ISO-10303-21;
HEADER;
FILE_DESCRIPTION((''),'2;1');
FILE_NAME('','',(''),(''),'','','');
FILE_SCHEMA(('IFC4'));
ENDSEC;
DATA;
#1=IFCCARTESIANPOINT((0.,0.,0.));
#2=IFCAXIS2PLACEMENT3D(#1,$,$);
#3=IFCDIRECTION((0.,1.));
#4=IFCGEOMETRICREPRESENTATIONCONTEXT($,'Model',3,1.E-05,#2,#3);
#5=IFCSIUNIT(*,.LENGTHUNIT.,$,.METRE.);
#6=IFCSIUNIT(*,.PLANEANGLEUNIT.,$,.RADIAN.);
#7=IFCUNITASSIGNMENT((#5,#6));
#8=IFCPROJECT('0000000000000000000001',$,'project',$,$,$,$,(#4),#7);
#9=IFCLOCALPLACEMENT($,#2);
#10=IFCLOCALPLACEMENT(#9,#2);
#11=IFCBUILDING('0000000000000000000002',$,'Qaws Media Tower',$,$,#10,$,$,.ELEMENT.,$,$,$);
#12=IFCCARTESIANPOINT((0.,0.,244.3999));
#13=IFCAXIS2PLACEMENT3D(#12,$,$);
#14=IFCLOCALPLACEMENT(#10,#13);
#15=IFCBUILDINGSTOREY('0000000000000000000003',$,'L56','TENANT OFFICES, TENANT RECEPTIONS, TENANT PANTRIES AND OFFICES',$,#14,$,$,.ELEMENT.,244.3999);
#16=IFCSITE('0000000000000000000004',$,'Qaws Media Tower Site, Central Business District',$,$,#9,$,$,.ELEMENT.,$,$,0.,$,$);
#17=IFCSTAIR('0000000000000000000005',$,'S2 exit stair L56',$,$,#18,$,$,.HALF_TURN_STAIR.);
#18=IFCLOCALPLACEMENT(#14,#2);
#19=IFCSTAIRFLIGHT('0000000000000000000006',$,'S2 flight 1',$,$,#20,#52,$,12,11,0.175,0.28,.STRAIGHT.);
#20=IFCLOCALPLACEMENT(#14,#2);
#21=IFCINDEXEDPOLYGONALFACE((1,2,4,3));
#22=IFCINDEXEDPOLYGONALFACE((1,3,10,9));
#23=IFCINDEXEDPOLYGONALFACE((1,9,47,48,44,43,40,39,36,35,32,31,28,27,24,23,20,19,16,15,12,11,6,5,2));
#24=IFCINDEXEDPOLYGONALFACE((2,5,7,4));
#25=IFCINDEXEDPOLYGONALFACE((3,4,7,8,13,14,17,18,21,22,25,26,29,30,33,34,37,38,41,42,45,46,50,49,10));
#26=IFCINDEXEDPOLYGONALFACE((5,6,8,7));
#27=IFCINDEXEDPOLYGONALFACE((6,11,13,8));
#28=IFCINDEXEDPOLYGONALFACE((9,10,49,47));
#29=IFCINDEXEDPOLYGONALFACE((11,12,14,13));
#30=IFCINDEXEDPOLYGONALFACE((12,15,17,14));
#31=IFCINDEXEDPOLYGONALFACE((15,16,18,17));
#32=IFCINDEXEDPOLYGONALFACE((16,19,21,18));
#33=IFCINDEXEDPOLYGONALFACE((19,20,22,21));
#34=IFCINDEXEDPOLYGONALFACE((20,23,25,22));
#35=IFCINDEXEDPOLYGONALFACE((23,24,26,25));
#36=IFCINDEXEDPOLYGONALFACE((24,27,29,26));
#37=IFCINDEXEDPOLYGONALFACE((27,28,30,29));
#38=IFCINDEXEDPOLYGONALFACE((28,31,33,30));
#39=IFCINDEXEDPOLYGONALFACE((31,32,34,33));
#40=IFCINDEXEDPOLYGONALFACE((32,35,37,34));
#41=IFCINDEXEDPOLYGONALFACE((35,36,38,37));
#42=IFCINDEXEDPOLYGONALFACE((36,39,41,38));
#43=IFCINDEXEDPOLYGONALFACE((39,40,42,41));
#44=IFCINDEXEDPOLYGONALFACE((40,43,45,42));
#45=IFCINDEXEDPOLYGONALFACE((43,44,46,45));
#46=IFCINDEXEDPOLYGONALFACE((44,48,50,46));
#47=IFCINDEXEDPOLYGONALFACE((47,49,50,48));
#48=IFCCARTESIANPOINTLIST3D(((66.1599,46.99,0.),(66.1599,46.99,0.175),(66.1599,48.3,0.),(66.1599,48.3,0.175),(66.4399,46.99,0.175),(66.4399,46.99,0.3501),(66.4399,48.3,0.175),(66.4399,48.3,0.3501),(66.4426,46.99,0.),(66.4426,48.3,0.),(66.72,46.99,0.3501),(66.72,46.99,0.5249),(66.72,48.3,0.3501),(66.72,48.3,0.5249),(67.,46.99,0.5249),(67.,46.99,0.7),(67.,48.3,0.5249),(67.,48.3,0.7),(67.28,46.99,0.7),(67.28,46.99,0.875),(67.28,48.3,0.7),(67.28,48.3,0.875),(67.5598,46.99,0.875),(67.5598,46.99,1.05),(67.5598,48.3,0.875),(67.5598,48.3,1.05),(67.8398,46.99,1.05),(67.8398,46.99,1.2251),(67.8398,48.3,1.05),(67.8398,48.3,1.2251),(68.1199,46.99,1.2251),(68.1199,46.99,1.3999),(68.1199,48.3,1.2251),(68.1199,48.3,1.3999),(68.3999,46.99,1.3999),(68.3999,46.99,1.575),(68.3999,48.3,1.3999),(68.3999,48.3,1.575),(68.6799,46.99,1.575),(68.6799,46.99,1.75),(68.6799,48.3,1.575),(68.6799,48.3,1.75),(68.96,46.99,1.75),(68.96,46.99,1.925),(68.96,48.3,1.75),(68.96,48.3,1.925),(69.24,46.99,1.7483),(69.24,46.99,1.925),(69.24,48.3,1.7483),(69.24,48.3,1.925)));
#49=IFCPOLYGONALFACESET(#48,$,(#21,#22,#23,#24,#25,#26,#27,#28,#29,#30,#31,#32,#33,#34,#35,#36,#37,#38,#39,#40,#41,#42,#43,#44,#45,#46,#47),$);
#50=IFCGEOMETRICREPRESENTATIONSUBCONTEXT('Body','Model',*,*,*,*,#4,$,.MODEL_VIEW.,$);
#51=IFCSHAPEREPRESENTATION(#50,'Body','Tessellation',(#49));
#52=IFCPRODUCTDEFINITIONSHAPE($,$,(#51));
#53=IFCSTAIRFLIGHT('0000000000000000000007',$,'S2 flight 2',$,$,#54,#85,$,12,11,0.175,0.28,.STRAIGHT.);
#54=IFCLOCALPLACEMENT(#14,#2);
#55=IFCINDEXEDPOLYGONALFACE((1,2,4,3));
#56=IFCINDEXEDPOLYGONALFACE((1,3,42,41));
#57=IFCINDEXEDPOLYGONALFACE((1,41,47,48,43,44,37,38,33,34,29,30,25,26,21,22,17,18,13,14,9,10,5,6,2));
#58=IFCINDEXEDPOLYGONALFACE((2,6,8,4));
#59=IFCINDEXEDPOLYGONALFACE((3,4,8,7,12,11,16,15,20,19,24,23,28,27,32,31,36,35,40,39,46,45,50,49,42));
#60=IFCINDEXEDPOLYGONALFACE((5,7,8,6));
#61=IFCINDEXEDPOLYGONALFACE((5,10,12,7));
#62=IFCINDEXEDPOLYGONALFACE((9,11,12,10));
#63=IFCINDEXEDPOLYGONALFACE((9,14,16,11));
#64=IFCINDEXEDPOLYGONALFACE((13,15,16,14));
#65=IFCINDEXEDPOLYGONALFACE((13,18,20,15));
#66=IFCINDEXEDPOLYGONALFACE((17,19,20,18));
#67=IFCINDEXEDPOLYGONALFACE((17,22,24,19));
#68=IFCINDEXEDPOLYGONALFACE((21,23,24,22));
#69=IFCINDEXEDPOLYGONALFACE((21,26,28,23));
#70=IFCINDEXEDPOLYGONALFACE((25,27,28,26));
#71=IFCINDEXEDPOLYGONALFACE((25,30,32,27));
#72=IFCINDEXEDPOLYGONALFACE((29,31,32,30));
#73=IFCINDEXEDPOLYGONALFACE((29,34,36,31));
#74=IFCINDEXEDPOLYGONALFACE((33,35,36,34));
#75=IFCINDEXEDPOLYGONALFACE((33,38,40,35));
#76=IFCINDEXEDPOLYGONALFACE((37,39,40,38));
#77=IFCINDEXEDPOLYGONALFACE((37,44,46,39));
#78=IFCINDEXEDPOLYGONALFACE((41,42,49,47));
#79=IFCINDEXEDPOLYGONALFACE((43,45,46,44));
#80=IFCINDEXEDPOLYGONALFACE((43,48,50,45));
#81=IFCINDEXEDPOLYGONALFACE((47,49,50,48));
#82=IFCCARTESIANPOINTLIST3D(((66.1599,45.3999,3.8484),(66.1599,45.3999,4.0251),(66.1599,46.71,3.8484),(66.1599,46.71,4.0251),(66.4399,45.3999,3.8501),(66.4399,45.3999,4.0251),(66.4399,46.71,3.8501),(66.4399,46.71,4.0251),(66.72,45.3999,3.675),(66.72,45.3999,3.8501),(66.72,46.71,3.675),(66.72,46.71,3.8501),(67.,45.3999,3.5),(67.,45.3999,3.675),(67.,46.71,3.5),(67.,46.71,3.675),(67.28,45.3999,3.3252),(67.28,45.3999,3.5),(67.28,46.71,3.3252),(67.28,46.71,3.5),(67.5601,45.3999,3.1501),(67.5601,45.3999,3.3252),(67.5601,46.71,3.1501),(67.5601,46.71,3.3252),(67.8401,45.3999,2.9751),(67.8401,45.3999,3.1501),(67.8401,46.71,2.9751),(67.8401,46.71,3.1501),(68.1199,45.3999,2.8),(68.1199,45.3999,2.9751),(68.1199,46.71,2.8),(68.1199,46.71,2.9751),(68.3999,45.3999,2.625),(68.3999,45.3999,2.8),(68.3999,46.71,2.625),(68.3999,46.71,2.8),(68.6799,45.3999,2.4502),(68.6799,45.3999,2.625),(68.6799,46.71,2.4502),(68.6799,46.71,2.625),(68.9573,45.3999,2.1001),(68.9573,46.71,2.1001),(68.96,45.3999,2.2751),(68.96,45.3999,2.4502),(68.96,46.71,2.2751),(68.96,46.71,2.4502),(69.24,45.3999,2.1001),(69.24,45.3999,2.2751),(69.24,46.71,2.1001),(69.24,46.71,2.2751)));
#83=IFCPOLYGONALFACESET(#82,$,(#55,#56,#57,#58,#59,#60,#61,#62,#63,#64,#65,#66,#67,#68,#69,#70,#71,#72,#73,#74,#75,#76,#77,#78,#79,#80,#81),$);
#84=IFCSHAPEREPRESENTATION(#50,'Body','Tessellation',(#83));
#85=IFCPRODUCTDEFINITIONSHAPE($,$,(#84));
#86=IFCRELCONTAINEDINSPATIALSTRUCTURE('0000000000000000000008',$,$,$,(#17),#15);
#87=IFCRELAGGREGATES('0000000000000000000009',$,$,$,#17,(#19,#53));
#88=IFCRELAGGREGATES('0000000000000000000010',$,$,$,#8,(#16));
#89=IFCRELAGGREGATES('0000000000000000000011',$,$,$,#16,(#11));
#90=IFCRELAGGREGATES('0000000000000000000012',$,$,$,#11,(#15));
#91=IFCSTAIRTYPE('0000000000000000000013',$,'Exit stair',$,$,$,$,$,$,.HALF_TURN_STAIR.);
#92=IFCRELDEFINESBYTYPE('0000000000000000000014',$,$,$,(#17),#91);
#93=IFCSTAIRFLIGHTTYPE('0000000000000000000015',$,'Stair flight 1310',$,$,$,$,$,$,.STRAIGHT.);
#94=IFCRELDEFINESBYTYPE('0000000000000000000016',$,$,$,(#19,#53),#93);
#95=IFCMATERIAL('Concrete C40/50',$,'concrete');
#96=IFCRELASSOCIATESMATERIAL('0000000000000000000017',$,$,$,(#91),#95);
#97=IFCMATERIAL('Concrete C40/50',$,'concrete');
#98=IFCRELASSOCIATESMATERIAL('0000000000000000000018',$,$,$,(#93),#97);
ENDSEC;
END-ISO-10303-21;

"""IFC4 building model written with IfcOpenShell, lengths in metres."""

from ifc_helpers import new_model, si_unit, direction, frame, origin, place, context, subcontext, project, spatial, polyline, outline, extrude, material, type_object, element, aggregate, save


model = new_model("IFC4")

# Units and contexts
model_context = context("Model", 3, precision=1e-05, world=origin(), true_north=direction((0.0, 1.0)))
body_context = subcontext(model_context, "Body", "Model", "MODEL_VIEW")
ifc_project = project(units=[si_unit("LENGTHUNIT", "METRE"), si_unit("PLANEANGLEUNIT", "RADIAN")], contexts=[model_context])

# Site, building, storey
site_placement = place(None, origin())
site = spatial("IfcSite", under=ifc_project, at=site_placement, Name="Qaws Media Tower Site, Central Business District", CompositionType="ELEMENT", RefElevation=0.0)
building_placement = place(site_placement, origin())
building = spatial("IfcBuilding", under=site, at=building_placement, Name="Qaws Media Tower", CompositionType="ELEMENT")
storey_placement = place(building_placement, frame((0.0, 0.0, 244.3999)))
storey = spatial("IfcBuildingStorey", under=building, at=storey_placement, Name="L56", Description="TENANT OFFICES, TENANT RECEPTIONS, TENANT PANTRIES AND OFFICES", CompositionType="ELEMENT", Elevation=244.3999)

# Stair, stair flights
ifc_material_1 = material(Name="Concrete C40/50", Category="concrete")
stair_type = type_object("IfcStairType", Name="Exit stair", PredefinedType="HALF_TURN_STAIR", material=ifc_material_1)
stair_placement = place(storey_placement, origin())
stair = element("IfcStair", 1, at=stair_placement, inside=storey, type_object=stair_type, Name="S2 exit stair L56", PredefinedType="HALF_TURN_STAIR")
ifc_material_2 = material(Name="Concrete C40/50", Category="concrete")
stair_flight_type = type_object("IfcStairFlightType", Name="Stair flight 1310", PredefinedType="STRAIGHT", material=ifc_material_2)
stair_flight_1_placement = place(storey_placement, frame((66.1599, 47.645, 0.0), z_axis=(0.0, 0.0, 1.0), x_axis=(1.0, 0.0, 0.0)))
stair_flight_1 = element("IfcStairFlight", 2, at=stair_flight_1_placement, type_object=stair_flight_type, Name="S2 flight 1", NumberOfRisers=12, NumberOfTreads=11, PredefinedType="STRAIGHT", RiserHeight=0.175, TreadLength=0.28, context=body_context, shape_type="SweptSolid", body=[
    extrude(outline(polyline([(0.0, 0.0), (0.0, 0.175), (0.28, 0.175), (0.28, 0.3501), (0.5601, 0.3501), (0.5601, 0.5249), (0.8401, 0.5249), (0.8401, 0.7), (1.1201, 0.7), (1.1201, 0.875), (1.3999, 0.875), (1.3999, 1.05), (1.6799, 1.05), (1.6799, 1.2251), (1.96, 1.2251), (1.96, 1.3999), (2.24, 1.3999), (2.24, 1.575), (2.52, 1.575), (2.52, 1.75), (2.8, 1.75), (2.8, 1.925), (3.0801, 1.925), (3.0801, 2.1001), (3.0801, 1.7483), (0.2827, 0.0), (0.0, 0.0)])), frame((0.0, 0.655, 0.0), z_axis=(0.0, -1.0, 0.0), x_axis=(1.0, 0.0, 0.0)), (0.0, 0.0, 1.0), 1.3101),
])
stair_flight_2_placement = place(storey_placement, frame((69.24, 46.0549, 2.1001), z_axis=(0.0, 0.0, 1.0), x_axis=(-1.0, 0.0, 0.0)))
stair_flight_2 = element("IfcStairFlight", 3, at=stair_flight_2_placement, type_object=stair_flight_type, Name="S2 flight 2", NumberOfRisers=12, NumberOfTreads=11, PredefinedType="STRAIGHT", RiserHeight=0.175, TreadLength=0.28, context=body_context, shape_type="SweptSolid", body=[
    extrude(outline(polyline([(0.0, 0.0), (0.0, 0.175), (0.28, 0.175), (0.28, 0.3501), (0.5601, 0.3501), (0.5601, 0.5249), (0.8401, 0.5249), (0.8401, 0.7), (1.1201, 0.7), (1.1201, 0.875), (1.3999, 0.875), (1.3999, 1.05), (1.6799, 1.05), (1.6799, 1.2251), (1.96, 1.2251), (1.96, 1.3999), (2.24, 1.3999), (2.24, 1.575), (2.52, 1.575), (2.52, 1.75), (2.8, 1.75), (2.8, 1.925), (3.0801, 1.925), (3.0801, 2.1001), (3.0801, 1.7483), (0.2827, 0.0), (0.0, 0.0)])), frame((0.0, 0.655, 0.0), z_axis=(0.0, -1.0, 0.0), x_axis=(1.0, 0.0, 0.0)), (0.0, 0.0, 1.0), 1.3101),
])
aggregate(stair, [stair_flight_1, stair_flight_2])

save(model, "model.ifc")
